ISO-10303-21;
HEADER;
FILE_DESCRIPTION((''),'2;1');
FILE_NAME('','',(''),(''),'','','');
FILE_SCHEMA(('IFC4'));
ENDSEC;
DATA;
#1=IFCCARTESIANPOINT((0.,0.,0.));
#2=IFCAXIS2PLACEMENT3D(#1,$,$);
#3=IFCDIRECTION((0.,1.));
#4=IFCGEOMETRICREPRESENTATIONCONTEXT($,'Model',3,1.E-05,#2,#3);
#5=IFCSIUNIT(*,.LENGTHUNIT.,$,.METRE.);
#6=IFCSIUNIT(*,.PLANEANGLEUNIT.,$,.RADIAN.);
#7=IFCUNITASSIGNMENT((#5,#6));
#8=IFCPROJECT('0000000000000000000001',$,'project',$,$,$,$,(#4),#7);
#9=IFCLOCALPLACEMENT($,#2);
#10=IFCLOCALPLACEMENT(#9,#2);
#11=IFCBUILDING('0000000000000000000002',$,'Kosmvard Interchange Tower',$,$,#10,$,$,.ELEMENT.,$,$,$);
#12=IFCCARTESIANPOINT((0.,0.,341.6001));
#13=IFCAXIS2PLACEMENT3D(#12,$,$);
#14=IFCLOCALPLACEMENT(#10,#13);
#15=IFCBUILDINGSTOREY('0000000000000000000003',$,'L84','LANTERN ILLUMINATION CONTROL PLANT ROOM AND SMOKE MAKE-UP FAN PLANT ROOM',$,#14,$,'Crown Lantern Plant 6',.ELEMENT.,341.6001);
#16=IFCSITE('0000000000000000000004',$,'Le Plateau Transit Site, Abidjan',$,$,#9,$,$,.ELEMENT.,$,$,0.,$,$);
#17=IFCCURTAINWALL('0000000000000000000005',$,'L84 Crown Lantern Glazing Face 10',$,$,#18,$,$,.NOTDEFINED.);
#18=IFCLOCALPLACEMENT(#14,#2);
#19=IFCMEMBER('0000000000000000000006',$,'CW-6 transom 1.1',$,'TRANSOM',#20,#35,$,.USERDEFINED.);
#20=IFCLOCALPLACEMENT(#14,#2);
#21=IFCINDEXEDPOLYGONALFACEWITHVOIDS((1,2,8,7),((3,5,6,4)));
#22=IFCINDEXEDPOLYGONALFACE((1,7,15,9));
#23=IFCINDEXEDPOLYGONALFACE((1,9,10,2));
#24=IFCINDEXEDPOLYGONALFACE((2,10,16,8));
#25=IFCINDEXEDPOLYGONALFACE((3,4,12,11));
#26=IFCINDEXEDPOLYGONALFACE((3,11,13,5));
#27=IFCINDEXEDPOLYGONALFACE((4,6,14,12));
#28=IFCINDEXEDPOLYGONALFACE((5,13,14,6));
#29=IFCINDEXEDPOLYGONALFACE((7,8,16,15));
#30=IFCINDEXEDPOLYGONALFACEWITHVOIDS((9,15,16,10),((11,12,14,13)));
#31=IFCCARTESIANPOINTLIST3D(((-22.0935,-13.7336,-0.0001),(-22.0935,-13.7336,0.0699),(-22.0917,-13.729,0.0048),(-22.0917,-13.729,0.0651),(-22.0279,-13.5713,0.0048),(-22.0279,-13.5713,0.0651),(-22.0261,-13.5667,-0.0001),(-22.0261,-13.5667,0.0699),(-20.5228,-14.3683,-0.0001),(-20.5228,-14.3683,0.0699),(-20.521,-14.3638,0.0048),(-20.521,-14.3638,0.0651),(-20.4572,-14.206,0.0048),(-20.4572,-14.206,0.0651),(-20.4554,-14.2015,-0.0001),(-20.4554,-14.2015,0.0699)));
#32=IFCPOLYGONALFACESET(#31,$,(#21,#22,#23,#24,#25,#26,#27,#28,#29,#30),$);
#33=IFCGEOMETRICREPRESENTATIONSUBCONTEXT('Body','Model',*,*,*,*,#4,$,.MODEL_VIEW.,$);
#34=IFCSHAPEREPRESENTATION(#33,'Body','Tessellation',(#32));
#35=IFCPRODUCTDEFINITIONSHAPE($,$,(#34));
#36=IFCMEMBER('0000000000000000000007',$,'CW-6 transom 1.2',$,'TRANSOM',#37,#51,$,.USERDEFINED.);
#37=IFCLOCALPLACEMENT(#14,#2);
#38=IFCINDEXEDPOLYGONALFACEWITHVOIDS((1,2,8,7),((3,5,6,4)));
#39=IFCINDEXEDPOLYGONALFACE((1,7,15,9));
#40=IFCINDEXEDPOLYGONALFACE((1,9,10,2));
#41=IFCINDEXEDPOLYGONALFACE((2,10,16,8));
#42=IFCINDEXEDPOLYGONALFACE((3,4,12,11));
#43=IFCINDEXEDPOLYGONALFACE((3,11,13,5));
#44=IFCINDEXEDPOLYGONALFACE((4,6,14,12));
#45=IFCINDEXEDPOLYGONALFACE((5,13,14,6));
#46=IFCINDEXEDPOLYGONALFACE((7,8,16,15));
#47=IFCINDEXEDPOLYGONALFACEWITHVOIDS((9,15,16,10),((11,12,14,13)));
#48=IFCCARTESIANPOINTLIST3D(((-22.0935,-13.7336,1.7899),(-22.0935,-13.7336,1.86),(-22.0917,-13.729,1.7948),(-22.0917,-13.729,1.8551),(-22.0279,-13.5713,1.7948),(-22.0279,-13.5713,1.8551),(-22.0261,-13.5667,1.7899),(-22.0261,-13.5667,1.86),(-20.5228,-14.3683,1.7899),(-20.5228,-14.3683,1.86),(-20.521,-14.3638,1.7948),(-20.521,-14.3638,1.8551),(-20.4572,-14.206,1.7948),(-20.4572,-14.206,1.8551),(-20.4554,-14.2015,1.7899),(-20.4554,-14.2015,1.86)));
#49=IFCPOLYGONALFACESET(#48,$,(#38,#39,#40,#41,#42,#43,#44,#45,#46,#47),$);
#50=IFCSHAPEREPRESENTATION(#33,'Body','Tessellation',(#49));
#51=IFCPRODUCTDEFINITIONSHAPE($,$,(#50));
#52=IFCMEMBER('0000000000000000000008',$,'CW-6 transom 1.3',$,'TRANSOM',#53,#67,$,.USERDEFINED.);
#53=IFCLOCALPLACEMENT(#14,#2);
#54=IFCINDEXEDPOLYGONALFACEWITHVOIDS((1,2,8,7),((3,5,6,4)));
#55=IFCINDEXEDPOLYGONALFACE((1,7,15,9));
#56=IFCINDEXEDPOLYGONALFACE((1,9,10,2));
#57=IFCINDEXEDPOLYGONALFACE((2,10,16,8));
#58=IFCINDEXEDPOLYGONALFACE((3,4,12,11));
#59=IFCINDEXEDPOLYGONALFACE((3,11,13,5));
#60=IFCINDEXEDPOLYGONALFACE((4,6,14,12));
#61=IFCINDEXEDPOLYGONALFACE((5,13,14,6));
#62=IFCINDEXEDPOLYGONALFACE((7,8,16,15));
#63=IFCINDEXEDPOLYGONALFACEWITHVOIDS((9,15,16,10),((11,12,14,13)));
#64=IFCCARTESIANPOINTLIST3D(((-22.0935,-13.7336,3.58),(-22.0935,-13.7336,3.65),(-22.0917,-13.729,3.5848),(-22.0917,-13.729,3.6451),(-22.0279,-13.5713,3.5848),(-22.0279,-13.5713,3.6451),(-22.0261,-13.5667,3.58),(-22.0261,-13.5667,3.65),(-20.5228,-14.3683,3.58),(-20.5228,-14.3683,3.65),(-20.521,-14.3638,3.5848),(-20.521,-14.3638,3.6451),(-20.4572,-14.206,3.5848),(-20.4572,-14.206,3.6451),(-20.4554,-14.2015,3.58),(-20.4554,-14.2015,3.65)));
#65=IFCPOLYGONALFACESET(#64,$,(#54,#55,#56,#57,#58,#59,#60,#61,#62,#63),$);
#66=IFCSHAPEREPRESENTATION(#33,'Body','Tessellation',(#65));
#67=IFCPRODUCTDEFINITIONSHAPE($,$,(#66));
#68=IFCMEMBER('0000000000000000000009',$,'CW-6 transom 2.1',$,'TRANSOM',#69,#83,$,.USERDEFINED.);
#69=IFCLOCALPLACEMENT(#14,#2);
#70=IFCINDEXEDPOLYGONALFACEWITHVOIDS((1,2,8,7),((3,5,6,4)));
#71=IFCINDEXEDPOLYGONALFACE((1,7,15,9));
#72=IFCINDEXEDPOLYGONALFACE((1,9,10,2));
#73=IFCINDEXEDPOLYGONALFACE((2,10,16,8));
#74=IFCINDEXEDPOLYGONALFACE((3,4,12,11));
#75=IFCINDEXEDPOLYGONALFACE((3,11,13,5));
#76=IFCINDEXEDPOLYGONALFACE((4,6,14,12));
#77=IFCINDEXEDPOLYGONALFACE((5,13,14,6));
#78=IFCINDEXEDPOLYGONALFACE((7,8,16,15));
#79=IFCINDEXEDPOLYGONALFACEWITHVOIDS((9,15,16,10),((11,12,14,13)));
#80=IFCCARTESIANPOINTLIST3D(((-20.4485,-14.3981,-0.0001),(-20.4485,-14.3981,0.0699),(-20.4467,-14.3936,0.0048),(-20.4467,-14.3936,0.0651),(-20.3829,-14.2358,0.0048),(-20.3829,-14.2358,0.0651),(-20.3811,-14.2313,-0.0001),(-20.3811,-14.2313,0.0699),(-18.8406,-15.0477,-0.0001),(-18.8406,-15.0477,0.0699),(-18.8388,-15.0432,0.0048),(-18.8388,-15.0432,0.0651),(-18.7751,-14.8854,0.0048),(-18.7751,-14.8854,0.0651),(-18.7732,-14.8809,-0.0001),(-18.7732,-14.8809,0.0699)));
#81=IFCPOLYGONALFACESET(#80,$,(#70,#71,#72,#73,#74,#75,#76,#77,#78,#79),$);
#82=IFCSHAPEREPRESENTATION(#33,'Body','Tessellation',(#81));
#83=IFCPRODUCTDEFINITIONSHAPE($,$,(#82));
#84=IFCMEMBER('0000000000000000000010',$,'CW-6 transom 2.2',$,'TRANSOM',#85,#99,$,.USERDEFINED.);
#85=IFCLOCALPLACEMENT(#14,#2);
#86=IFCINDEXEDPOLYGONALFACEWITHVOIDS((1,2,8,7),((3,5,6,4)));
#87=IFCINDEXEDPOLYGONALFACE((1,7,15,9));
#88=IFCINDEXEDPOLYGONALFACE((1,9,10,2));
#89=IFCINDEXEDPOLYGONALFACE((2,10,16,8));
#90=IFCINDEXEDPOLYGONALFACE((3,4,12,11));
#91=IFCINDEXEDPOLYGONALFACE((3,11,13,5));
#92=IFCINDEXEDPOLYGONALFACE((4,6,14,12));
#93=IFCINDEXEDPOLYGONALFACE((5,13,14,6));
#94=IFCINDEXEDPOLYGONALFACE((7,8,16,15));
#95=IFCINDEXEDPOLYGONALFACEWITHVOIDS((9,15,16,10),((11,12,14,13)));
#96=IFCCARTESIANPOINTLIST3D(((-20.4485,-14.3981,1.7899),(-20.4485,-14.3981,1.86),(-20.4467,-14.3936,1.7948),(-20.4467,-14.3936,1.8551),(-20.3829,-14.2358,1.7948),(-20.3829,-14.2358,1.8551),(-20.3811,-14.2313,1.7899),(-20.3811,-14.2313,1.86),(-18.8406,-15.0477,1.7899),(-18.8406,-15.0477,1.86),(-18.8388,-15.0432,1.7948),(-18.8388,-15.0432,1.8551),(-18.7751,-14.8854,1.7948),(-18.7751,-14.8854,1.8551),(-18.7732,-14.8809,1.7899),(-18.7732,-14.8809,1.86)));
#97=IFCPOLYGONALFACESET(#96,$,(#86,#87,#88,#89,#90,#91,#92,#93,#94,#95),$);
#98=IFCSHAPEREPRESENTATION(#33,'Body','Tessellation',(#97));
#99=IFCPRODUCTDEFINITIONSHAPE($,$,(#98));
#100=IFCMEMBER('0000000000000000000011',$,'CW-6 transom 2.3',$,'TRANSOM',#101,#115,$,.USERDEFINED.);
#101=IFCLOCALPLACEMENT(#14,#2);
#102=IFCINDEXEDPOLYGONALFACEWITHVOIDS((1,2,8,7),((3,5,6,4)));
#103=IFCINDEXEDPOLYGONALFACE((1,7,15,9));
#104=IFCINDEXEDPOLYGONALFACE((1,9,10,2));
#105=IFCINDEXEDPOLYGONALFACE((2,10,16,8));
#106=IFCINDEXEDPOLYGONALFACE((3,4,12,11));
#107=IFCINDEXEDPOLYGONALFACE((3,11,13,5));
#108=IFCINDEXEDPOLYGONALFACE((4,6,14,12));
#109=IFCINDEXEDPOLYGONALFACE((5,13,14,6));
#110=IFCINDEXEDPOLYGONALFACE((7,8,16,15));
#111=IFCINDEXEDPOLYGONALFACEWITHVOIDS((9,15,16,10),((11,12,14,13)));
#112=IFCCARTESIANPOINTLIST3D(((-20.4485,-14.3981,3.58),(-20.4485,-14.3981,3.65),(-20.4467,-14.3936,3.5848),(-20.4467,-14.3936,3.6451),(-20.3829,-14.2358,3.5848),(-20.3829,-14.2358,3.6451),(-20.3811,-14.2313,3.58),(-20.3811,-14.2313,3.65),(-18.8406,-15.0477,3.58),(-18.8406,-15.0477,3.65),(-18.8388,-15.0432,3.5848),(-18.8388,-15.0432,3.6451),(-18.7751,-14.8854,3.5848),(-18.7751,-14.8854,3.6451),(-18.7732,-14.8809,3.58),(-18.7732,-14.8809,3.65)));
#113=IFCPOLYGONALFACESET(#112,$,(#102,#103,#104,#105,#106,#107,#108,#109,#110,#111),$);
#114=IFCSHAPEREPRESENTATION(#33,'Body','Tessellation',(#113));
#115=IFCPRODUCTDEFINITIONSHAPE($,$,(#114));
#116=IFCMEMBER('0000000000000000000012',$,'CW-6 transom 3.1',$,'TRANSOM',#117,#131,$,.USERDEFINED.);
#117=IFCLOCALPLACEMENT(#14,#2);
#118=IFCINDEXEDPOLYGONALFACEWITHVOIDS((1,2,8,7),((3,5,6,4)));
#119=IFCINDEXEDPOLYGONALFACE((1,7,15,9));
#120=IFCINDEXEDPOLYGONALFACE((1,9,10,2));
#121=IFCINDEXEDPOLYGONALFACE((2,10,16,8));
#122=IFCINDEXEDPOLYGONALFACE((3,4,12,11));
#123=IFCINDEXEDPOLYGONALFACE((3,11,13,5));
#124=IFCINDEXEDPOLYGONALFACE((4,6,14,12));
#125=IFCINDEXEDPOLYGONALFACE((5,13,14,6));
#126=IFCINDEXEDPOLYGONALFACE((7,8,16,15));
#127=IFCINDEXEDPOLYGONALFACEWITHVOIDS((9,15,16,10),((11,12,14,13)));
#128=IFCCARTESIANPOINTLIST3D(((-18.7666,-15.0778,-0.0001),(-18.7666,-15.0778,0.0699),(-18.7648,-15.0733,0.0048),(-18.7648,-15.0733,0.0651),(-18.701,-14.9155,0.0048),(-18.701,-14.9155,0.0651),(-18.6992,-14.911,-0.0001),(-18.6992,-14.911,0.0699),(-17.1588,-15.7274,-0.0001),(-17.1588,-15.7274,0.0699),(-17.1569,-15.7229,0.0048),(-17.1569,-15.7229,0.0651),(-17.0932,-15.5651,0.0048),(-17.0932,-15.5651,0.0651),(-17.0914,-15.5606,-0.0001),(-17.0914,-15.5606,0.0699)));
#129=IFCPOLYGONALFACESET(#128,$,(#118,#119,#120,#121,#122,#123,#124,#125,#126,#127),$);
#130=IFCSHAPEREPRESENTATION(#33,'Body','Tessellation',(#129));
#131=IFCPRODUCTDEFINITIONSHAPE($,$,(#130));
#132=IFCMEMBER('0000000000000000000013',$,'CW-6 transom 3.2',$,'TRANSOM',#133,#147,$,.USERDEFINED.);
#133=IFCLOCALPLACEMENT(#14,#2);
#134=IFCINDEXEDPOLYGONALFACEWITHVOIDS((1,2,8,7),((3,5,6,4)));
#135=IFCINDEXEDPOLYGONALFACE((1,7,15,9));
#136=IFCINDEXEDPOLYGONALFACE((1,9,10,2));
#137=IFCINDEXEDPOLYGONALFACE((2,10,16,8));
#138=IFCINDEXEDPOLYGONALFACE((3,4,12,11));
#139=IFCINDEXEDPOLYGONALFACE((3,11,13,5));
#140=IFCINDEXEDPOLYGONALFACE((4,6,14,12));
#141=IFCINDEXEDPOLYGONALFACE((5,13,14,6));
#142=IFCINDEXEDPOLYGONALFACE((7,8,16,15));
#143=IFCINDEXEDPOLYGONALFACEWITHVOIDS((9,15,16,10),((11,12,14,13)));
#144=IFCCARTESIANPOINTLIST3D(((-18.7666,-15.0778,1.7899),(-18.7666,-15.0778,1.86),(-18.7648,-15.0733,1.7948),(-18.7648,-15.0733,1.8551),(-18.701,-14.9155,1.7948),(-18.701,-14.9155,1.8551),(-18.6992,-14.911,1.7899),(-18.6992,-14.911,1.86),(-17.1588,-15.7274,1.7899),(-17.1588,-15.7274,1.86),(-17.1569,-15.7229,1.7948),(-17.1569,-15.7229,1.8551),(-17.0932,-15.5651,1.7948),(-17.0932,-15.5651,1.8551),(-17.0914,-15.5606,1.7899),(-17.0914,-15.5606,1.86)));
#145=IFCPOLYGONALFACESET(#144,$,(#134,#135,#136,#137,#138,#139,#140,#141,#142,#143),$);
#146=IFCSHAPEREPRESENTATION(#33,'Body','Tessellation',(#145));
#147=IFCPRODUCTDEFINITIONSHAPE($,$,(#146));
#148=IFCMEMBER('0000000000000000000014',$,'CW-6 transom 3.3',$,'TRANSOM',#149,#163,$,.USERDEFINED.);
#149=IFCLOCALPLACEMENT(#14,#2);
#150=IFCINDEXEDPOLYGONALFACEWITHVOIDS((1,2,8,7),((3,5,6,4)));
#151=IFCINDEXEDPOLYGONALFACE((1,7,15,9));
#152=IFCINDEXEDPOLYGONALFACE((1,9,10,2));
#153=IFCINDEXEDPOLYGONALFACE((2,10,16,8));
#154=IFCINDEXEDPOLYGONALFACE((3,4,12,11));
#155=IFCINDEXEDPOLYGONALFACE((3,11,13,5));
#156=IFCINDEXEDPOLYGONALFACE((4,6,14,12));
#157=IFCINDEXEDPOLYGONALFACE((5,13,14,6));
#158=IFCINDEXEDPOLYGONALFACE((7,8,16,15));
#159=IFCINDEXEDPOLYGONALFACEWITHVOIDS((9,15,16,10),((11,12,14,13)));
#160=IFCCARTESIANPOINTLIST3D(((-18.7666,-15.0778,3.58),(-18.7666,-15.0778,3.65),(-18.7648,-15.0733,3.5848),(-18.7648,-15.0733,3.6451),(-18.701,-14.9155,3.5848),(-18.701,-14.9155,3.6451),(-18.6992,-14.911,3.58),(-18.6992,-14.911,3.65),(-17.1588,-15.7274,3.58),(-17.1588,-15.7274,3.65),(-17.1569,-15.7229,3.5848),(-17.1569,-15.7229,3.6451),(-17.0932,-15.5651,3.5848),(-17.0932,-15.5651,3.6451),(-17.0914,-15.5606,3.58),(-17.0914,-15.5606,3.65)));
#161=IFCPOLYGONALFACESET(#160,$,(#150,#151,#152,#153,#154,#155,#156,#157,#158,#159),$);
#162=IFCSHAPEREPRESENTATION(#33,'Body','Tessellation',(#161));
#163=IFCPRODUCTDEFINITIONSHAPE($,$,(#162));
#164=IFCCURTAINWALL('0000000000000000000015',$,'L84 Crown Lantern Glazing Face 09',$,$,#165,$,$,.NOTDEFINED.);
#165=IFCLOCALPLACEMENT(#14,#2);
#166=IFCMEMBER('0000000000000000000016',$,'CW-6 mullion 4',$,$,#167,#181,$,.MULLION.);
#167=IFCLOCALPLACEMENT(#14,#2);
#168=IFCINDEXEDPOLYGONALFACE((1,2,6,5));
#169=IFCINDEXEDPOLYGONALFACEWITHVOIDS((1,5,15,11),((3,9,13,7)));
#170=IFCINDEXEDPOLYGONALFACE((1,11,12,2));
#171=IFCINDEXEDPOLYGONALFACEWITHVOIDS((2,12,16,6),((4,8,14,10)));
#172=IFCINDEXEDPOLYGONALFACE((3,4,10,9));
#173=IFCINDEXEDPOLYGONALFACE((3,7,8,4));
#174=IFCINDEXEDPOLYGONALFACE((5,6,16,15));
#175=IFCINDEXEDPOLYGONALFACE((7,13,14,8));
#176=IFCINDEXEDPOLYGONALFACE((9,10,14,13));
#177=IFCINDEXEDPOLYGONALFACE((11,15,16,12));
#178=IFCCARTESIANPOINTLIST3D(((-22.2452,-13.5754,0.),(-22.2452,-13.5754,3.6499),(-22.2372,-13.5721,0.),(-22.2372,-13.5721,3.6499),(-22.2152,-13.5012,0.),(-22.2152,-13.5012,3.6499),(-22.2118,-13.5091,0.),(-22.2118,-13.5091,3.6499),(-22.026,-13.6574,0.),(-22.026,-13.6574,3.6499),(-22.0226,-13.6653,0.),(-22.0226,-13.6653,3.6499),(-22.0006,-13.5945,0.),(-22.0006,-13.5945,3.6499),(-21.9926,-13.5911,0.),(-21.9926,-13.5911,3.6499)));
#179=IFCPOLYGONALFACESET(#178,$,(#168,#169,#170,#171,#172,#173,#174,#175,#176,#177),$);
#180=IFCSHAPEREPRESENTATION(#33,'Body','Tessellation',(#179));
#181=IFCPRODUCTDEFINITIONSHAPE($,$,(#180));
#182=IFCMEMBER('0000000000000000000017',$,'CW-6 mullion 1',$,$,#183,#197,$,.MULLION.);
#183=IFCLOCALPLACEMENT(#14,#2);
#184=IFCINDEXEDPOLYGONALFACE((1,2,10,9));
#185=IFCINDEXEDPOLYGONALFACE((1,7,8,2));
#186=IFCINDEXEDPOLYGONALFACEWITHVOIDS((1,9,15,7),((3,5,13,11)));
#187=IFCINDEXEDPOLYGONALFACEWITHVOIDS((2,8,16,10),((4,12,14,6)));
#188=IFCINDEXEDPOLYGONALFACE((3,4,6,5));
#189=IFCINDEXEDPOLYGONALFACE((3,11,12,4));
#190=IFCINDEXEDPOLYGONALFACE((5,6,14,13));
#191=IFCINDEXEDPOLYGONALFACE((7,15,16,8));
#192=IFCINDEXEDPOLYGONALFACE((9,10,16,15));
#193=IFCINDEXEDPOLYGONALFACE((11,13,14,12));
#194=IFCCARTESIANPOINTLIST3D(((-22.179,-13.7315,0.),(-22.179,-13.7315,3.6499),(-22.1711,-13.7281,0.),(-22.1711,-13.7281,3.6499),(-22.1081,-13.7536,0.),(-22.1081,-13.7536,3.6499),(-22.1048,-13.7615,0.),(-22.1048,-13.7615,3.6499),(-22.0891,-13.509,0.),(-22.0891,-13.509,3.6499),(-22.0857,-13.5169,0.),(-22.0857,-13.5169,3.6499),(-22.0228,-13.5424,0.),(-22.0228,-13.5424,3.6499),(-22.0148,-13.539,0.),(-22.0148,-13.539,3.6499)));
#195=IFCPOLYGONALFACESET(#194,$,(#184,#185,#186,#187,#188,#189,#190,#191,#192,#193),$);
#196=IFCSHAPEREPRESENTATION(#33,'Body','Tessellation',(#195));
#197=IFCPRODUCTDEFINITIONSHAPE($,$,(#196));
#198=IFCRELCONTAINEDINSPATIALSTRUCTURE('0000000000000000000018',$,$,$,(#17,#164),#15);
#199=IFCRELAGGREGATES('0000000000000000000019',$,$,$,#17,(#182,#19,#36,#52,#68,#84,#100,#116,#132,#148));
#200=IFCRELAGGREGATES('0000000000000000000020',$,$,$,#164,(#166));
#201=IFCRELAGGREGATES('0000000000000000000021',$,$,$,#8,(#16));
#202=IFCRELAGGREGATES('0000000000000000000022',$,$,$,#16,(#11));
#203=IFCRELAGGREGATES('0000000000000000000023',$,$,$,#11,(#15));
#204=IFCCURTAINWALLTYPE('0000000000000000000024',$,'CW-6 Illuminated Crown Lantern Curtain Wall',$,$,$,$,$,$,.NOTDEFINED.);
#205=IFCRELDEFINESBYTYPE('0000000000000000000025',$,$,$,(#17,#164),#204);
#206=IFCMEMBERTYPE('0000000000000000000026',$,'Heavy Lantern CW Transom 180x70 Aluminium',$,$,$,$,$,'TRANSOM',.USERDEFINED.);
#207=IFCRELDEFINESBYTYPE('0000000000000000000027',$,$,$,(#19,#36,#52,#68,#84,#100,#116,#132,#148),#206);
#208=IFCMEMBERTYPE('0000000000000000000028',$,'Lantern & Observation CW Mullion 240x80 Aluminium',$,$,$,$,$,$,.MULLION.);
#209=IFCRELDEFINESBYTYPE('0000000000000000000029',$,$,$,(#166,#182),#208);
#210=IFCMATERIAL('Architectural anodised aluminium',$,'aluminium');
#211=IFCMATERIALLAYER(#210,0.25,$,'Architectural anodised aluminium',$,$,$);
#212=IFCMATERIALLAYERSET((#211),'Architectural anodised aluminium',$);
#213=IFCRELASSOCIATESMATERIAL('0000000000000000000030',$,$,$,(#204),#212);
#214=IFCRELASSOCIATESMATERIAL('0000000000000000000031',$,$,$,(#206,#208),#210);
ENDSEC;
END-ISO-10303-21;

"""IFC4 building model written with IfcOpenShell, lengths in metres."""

from ifc_helpers import new_model, si_unit, direction, frame, origin, origin_2d, place, context, subcontext, project, spatial, hollow_rectangle, extrude, source, transform, mapped, material, layer, layer_set, material_profile, profile_set, type_object, element, aggregate, save


model = new_model("IFC4")

# Units and contexts
model_context = context("Model", 3, precision=1e-05, world=origin(), true_north=direction((0.0, 1.0)))
body_context = subcontext(model_context, "Body", "Model", "MODEL_VIEW")
ifc_project = project(units=[si_unit("LENGTHUNIT", "METRE"), si_unit("PLANEANGLEUNIT", "RADIAN")], contexts=[model_context])

# Site, building, storey
site_placement = place(None, origin())
site = spatial("IfcSite", under=ifc_project, at=site_placement, Name="Le Plateau Transit Site, Abidjan", CompositionType="ELEMENT", RefElevation=0.0)
building_placement = place(site_placement, origin())
building = spatial("IfcBuilding", under=site, at=building_placement, Name="Kosmvard Interchange Tower", CompositionType="ELEMENT")
storey_placement = place(building_placement, frame((0.0, 0.0, 341.6001)))
storey = spatial("IfcBuildingStorey", under=building, at=storey_placement, Name="L84", Description="LANTERN ILLUMINATION CONTROL PLANT ROOM AND SMOKE MAKE-UP FAN PLANT ROOM", LongName="Crown Lantern Plant 6", CompositionType="ELEMENT", Elevation=341.6001)

# Curtain wall, members
ifc_material_1 = material(Name="Architectural anodised aluminium", Category="aluminium")
ifc_layer_1 = layer(ifc_material_1, 0.25, Name="Architectural anodised aluminium")
ifc_layer_set_1 = layer_set([ifc_layer_1], Name="Architectural anodised aluminium")
curtain_wall_type = type_object("IfcCurtainWallType", Name="CW-6 Illuminated Crown Lantern Curtain Wall", PredefinedType="NOTDEFINED", material=ifc_layer_set_1)
curtain_wall_1_placement = place(storey_placement, origin())
curtain_wall_1 = element("IfcCurtainWall", 1, at=curtain_wall_1_placement, inside=storey, type_object=curtain_wall_type, Name="L84 Crown Lantern Glazing Face 10", PredefinedType="NOTDEFINED")
ifc_material_profile_1 = material_profile(ifc_material_1, hollow_rectangle(XDim=0.1799, YDim=0.0701, WallThickness=0.0049, at=origin_2d()), Name="CWT 180x70x5")
ifc_profile_set_1 = profile_set([ifc_material_profile_1], Name="Architectural anodised aluminium")
member_type_1 = type_object("IfcMemberType", Name="Heavy Lantern CW Transom 180x70 Aluminium", ElementType="TRANSOM", PredefinedType="USERDEFINED", material=ifc_profile_set_1)
shared_shape_1 = source(origin(), body_context, "Body", "SweptSolid", [
    extrude(hollow_rectangle(XDim=0.1799, YDim=0.0701, WallThickness=0.0049, at=origin_2d()), origin(), (0.0, 0.0, 1.0), 1.6941),
])
member_1_placement = place(storey_placement, frame((-22.0598, -13.6501, 0.0349), z_axis=(0.927159, -0.374668, 0.0), x_axis=(0.374668, 0.927159, 0.0)))
member_1 = element("IfcMember", 2, at=member_1_placement, type_object=member_type_1, Name="CW-6 transom 1.1", ObjectType="TRANSOM", PredefinedType="USERDEFINED", context=body_context, shape_type="MappedRepresentation", body=[
    mapped(shared_shape_1, transform((0.0, 0.0, 0.0), scale=1.0)),
])
member_2_placement = place(storey_placement, frame((-22.0598, -13.6501, 1.825), z_axis=(0.927159, -0.374668, 0.0), x_axis=(0.374668, 0.927159, 0.0)))
member_2 = element("IfcMember", 3, at=member_2_placement, type_object=member_type_1, Name="CW-6 transom 1.2", ObjectType="TRANSOM", PredefinedType="USERDEFINED", context=body_context, shape_type="MappedRepresentation", body=[
    mapped(shared_shape_1, transform((0.0, 0.0, 0.0), scale=1.0)),
])
member_3_placement = place(storey_placement, frame((-22.0598, -13.6501, 3.615), z_axis=(0.927159, -0.374668, 0.0), x_axis=(0.374668, 0.927159, 0.0)))
member_3 = element("IfcMember", 4, at=member_3_placement, type_object=member_type_1, Name="CW-6 transom 1.3", ObjectType="TRANSOM", PredefinedType="USERDEFINED", context=body_context, shape_type="MappedRepresentation", body=[
    mapped(shared_shape_1, transform((0.0, 0.0, 0.0), scale=1.0)),
])
shared_shape_2 = source(origin(), body_context, "Body", "SweptSolid", [
    extrude(hollow_rectangle(XDim=0.1799, YDim=0.0701, WallThickness=0.0049, at=origin_2d()), origin(), (0.0, 0.0, 1.0), 1.7341),
])
member_4_placement = place(storey_placement, frame((-20.4148, -14.3147, 0.0349), z_axis=(0.92718, -0.374617, 0.0), x_axis=(0.374617, 0.92718, 0.0)))
member_4 = element("IfcMember", 5, at=member_4_placement, type_object=member_type_1, Name="CW-6 transom 2.1", ObjectType="TRANSOM", PredefinedType="USERDEFINED", context=body_context, shape_type="MappedRepresentation", body=[
    mapped(shared_shape_2, transform((0.0, 0.0, 0.0), scale=1.0)),
])
member_5_placement = place(storey_placement, frame((-20.4148, -14.3147, 1.825), z_axis=(0.92718, -0.374617, 0.0), x_axis=(0.374617, 0.92718, 0.0)))
member_5 = element("IfcMember", 6, at=member_5_placement, type_object=member_type_1, Name="CW-6 transom 2.2", ObjectType="TRANSOM", PredefinedType="USERDEFINED", context=body_context, shape_type="MappedRepresentation", body=[
    mapped(shared_shape_2, transform((0.0, 0.0, 0.0), scale=1.0)),
])
member_6_placement = place(storey_placement, frame((-20.4148, -14.3147, 3.615), z_axis=(0.92718, -0.374617, 0.0), x_axis=(0.374617, 0.92718, 0.0)))
member_6 = element("IfcMember", 7, at=member_6_placement, type_object=member_type_1, Name="CW-6 transom 2.3", ObjectType="TRANSOM", PredefinedType="USERDEFINED", context=body_context, shape_type="MappedRepresentation", body=[
    mapped(shared_shape_2, transform((0.0, 0.0, 0.0), scale=1.0)),
])
member_7_placement = place(storey_placement, frame((-18.7329, -14.9944, 0.0349), z_axis=(0.92718, -0.374617, 0.0), x_axis=(0.374617, 0.92718, 0.0)))
member_7 = element("IfcMember", 8, at=member_7_placement, type_object=member_type_1, Name="CW-6 transom 3.1", ObjectType="TRANSOM", PredefinedType="USERDEFINED", context=body_context, shape_type="MappedRepresentation", body=[
    mapped(shared_shape_2, transform((0.0, 0.0, 0.0), scale=1.0)),
])
member_8_placement = place(storey_placement, frame((-18.7329, -14.9944, 1.825), z_axis=(0.92718, -0.374617, 0.0), x_axis=(0.374617, 0.92718, 0.0)))
member_8 = element("IfcMember", 9, at=member_8_placement, type_object=member_type_1, Name="CW-6 transom 3.2", ObjectType="TRANSOM", PredefinedType="USERDEFINED", context=body_context, shape_type="MappedRepresentation", body=[
    mapped(shared_shape_2, transform((0.0, 0.0, 0.0), scale=1.0)),
])
member_9_placement = place(storey_placement, frame((-18.7329, -14.9944, 3.615), z_axis=(0.92718, -0.374617, 0.0), x_axis=(0.374617, 0.92718, 0.0)))
member_9 = element("IfcMember", 10, at=member_9_placement, type_object=member_type_1, Name="CW-6 transom 3.3", ObjectType="TRANSOM", PredefinedType="USERDEFINED", context=body_context, shape_type="MappedRepresentation", body=[
    mapped(shared_shape_2, transform((0.0, 0.0, 0.0), scale=1.0)),
])

# Curtain wall, member
curtain_wall_2_placement = place(storey_placement, origin())
curtain_wall_2 = element("IfcCurtainWall", 11, at=curtain_wall_2_placement, inside=storey, type_object=curtain_wall_type, Name="L84 Crown Lantern Glazing Face 09", PredefinedType="NOTDEFINED")
ifc_material_profile_2 = material_profile(ifc_material_1, hollow_rectangle(XDim=0.24, YDim=0.0801, WallThickness=0.0061, at=origin_2d()), Name="CWM 240x80x6")
ifc_profile_set_2 = profile_set([ifc_material_profile_2], Name="Architectural anodised aluminium")
member_type_2 = type_object("IfcMemberType", Name="Lantern & Observation CW Mullion 240x80 Aluminium", PredefinedType="MULLION", material=ifc_profile_set_2)
shared_shape_3 = source(origin(), body_context, "Body", "SweptSolid", [
    extrude(hollow_rectangle(XDim=0.24, YDim=0.0801, WallThickness=0.0061, at=origin_2d()), origin(), (0.0, 0.0, 1.0), 3.6499),
])
member_10_placement = place(storey_placement, frame((-22.1189, -13.5833, 0.0), z_axis=(0.0, 0.0, 1.0), x_axis=(0.927184, -0.374607, 0.0)))
member_10 = element("IfcMember", 12, at=member_10_placement, type_object=member_type_2, Name="CW-6 mullion 4", PredefinedType="MULLION", context=body_context, shape_type="MappedRepresentation", body=[
    mapped(shared_shape_3, transform((0.0, 0.0, 0.0), scale=1.0)),
])

# Member
member_11_placement = place(storey_placement, frame((-22.0969, -13.6353, 0.0), z_axis=(0.0, 0.0, 1.0), x_axis=(0.374607, 0.927184, 0.0)))
member_11 = element("IfcMember", 13, at=member_11_placement, type_object=member_type_2, Name="CW-6 mullion 1", PredefinedType="MULLION", context=body_context, shape_type="MappedRepresentation", body=[
    mapped(shared_shape_3, transform((0.0, 0.0, 0.0), scale=1.0)),
])

aggregate(curtain_wall_1, [member_11, member_1, member_2, member_3, member_4, member_5, member_6, member_7, member_8, member_9])
aggregate(curtain_wall_2, [member_10])

save(model, "model.ifc")
